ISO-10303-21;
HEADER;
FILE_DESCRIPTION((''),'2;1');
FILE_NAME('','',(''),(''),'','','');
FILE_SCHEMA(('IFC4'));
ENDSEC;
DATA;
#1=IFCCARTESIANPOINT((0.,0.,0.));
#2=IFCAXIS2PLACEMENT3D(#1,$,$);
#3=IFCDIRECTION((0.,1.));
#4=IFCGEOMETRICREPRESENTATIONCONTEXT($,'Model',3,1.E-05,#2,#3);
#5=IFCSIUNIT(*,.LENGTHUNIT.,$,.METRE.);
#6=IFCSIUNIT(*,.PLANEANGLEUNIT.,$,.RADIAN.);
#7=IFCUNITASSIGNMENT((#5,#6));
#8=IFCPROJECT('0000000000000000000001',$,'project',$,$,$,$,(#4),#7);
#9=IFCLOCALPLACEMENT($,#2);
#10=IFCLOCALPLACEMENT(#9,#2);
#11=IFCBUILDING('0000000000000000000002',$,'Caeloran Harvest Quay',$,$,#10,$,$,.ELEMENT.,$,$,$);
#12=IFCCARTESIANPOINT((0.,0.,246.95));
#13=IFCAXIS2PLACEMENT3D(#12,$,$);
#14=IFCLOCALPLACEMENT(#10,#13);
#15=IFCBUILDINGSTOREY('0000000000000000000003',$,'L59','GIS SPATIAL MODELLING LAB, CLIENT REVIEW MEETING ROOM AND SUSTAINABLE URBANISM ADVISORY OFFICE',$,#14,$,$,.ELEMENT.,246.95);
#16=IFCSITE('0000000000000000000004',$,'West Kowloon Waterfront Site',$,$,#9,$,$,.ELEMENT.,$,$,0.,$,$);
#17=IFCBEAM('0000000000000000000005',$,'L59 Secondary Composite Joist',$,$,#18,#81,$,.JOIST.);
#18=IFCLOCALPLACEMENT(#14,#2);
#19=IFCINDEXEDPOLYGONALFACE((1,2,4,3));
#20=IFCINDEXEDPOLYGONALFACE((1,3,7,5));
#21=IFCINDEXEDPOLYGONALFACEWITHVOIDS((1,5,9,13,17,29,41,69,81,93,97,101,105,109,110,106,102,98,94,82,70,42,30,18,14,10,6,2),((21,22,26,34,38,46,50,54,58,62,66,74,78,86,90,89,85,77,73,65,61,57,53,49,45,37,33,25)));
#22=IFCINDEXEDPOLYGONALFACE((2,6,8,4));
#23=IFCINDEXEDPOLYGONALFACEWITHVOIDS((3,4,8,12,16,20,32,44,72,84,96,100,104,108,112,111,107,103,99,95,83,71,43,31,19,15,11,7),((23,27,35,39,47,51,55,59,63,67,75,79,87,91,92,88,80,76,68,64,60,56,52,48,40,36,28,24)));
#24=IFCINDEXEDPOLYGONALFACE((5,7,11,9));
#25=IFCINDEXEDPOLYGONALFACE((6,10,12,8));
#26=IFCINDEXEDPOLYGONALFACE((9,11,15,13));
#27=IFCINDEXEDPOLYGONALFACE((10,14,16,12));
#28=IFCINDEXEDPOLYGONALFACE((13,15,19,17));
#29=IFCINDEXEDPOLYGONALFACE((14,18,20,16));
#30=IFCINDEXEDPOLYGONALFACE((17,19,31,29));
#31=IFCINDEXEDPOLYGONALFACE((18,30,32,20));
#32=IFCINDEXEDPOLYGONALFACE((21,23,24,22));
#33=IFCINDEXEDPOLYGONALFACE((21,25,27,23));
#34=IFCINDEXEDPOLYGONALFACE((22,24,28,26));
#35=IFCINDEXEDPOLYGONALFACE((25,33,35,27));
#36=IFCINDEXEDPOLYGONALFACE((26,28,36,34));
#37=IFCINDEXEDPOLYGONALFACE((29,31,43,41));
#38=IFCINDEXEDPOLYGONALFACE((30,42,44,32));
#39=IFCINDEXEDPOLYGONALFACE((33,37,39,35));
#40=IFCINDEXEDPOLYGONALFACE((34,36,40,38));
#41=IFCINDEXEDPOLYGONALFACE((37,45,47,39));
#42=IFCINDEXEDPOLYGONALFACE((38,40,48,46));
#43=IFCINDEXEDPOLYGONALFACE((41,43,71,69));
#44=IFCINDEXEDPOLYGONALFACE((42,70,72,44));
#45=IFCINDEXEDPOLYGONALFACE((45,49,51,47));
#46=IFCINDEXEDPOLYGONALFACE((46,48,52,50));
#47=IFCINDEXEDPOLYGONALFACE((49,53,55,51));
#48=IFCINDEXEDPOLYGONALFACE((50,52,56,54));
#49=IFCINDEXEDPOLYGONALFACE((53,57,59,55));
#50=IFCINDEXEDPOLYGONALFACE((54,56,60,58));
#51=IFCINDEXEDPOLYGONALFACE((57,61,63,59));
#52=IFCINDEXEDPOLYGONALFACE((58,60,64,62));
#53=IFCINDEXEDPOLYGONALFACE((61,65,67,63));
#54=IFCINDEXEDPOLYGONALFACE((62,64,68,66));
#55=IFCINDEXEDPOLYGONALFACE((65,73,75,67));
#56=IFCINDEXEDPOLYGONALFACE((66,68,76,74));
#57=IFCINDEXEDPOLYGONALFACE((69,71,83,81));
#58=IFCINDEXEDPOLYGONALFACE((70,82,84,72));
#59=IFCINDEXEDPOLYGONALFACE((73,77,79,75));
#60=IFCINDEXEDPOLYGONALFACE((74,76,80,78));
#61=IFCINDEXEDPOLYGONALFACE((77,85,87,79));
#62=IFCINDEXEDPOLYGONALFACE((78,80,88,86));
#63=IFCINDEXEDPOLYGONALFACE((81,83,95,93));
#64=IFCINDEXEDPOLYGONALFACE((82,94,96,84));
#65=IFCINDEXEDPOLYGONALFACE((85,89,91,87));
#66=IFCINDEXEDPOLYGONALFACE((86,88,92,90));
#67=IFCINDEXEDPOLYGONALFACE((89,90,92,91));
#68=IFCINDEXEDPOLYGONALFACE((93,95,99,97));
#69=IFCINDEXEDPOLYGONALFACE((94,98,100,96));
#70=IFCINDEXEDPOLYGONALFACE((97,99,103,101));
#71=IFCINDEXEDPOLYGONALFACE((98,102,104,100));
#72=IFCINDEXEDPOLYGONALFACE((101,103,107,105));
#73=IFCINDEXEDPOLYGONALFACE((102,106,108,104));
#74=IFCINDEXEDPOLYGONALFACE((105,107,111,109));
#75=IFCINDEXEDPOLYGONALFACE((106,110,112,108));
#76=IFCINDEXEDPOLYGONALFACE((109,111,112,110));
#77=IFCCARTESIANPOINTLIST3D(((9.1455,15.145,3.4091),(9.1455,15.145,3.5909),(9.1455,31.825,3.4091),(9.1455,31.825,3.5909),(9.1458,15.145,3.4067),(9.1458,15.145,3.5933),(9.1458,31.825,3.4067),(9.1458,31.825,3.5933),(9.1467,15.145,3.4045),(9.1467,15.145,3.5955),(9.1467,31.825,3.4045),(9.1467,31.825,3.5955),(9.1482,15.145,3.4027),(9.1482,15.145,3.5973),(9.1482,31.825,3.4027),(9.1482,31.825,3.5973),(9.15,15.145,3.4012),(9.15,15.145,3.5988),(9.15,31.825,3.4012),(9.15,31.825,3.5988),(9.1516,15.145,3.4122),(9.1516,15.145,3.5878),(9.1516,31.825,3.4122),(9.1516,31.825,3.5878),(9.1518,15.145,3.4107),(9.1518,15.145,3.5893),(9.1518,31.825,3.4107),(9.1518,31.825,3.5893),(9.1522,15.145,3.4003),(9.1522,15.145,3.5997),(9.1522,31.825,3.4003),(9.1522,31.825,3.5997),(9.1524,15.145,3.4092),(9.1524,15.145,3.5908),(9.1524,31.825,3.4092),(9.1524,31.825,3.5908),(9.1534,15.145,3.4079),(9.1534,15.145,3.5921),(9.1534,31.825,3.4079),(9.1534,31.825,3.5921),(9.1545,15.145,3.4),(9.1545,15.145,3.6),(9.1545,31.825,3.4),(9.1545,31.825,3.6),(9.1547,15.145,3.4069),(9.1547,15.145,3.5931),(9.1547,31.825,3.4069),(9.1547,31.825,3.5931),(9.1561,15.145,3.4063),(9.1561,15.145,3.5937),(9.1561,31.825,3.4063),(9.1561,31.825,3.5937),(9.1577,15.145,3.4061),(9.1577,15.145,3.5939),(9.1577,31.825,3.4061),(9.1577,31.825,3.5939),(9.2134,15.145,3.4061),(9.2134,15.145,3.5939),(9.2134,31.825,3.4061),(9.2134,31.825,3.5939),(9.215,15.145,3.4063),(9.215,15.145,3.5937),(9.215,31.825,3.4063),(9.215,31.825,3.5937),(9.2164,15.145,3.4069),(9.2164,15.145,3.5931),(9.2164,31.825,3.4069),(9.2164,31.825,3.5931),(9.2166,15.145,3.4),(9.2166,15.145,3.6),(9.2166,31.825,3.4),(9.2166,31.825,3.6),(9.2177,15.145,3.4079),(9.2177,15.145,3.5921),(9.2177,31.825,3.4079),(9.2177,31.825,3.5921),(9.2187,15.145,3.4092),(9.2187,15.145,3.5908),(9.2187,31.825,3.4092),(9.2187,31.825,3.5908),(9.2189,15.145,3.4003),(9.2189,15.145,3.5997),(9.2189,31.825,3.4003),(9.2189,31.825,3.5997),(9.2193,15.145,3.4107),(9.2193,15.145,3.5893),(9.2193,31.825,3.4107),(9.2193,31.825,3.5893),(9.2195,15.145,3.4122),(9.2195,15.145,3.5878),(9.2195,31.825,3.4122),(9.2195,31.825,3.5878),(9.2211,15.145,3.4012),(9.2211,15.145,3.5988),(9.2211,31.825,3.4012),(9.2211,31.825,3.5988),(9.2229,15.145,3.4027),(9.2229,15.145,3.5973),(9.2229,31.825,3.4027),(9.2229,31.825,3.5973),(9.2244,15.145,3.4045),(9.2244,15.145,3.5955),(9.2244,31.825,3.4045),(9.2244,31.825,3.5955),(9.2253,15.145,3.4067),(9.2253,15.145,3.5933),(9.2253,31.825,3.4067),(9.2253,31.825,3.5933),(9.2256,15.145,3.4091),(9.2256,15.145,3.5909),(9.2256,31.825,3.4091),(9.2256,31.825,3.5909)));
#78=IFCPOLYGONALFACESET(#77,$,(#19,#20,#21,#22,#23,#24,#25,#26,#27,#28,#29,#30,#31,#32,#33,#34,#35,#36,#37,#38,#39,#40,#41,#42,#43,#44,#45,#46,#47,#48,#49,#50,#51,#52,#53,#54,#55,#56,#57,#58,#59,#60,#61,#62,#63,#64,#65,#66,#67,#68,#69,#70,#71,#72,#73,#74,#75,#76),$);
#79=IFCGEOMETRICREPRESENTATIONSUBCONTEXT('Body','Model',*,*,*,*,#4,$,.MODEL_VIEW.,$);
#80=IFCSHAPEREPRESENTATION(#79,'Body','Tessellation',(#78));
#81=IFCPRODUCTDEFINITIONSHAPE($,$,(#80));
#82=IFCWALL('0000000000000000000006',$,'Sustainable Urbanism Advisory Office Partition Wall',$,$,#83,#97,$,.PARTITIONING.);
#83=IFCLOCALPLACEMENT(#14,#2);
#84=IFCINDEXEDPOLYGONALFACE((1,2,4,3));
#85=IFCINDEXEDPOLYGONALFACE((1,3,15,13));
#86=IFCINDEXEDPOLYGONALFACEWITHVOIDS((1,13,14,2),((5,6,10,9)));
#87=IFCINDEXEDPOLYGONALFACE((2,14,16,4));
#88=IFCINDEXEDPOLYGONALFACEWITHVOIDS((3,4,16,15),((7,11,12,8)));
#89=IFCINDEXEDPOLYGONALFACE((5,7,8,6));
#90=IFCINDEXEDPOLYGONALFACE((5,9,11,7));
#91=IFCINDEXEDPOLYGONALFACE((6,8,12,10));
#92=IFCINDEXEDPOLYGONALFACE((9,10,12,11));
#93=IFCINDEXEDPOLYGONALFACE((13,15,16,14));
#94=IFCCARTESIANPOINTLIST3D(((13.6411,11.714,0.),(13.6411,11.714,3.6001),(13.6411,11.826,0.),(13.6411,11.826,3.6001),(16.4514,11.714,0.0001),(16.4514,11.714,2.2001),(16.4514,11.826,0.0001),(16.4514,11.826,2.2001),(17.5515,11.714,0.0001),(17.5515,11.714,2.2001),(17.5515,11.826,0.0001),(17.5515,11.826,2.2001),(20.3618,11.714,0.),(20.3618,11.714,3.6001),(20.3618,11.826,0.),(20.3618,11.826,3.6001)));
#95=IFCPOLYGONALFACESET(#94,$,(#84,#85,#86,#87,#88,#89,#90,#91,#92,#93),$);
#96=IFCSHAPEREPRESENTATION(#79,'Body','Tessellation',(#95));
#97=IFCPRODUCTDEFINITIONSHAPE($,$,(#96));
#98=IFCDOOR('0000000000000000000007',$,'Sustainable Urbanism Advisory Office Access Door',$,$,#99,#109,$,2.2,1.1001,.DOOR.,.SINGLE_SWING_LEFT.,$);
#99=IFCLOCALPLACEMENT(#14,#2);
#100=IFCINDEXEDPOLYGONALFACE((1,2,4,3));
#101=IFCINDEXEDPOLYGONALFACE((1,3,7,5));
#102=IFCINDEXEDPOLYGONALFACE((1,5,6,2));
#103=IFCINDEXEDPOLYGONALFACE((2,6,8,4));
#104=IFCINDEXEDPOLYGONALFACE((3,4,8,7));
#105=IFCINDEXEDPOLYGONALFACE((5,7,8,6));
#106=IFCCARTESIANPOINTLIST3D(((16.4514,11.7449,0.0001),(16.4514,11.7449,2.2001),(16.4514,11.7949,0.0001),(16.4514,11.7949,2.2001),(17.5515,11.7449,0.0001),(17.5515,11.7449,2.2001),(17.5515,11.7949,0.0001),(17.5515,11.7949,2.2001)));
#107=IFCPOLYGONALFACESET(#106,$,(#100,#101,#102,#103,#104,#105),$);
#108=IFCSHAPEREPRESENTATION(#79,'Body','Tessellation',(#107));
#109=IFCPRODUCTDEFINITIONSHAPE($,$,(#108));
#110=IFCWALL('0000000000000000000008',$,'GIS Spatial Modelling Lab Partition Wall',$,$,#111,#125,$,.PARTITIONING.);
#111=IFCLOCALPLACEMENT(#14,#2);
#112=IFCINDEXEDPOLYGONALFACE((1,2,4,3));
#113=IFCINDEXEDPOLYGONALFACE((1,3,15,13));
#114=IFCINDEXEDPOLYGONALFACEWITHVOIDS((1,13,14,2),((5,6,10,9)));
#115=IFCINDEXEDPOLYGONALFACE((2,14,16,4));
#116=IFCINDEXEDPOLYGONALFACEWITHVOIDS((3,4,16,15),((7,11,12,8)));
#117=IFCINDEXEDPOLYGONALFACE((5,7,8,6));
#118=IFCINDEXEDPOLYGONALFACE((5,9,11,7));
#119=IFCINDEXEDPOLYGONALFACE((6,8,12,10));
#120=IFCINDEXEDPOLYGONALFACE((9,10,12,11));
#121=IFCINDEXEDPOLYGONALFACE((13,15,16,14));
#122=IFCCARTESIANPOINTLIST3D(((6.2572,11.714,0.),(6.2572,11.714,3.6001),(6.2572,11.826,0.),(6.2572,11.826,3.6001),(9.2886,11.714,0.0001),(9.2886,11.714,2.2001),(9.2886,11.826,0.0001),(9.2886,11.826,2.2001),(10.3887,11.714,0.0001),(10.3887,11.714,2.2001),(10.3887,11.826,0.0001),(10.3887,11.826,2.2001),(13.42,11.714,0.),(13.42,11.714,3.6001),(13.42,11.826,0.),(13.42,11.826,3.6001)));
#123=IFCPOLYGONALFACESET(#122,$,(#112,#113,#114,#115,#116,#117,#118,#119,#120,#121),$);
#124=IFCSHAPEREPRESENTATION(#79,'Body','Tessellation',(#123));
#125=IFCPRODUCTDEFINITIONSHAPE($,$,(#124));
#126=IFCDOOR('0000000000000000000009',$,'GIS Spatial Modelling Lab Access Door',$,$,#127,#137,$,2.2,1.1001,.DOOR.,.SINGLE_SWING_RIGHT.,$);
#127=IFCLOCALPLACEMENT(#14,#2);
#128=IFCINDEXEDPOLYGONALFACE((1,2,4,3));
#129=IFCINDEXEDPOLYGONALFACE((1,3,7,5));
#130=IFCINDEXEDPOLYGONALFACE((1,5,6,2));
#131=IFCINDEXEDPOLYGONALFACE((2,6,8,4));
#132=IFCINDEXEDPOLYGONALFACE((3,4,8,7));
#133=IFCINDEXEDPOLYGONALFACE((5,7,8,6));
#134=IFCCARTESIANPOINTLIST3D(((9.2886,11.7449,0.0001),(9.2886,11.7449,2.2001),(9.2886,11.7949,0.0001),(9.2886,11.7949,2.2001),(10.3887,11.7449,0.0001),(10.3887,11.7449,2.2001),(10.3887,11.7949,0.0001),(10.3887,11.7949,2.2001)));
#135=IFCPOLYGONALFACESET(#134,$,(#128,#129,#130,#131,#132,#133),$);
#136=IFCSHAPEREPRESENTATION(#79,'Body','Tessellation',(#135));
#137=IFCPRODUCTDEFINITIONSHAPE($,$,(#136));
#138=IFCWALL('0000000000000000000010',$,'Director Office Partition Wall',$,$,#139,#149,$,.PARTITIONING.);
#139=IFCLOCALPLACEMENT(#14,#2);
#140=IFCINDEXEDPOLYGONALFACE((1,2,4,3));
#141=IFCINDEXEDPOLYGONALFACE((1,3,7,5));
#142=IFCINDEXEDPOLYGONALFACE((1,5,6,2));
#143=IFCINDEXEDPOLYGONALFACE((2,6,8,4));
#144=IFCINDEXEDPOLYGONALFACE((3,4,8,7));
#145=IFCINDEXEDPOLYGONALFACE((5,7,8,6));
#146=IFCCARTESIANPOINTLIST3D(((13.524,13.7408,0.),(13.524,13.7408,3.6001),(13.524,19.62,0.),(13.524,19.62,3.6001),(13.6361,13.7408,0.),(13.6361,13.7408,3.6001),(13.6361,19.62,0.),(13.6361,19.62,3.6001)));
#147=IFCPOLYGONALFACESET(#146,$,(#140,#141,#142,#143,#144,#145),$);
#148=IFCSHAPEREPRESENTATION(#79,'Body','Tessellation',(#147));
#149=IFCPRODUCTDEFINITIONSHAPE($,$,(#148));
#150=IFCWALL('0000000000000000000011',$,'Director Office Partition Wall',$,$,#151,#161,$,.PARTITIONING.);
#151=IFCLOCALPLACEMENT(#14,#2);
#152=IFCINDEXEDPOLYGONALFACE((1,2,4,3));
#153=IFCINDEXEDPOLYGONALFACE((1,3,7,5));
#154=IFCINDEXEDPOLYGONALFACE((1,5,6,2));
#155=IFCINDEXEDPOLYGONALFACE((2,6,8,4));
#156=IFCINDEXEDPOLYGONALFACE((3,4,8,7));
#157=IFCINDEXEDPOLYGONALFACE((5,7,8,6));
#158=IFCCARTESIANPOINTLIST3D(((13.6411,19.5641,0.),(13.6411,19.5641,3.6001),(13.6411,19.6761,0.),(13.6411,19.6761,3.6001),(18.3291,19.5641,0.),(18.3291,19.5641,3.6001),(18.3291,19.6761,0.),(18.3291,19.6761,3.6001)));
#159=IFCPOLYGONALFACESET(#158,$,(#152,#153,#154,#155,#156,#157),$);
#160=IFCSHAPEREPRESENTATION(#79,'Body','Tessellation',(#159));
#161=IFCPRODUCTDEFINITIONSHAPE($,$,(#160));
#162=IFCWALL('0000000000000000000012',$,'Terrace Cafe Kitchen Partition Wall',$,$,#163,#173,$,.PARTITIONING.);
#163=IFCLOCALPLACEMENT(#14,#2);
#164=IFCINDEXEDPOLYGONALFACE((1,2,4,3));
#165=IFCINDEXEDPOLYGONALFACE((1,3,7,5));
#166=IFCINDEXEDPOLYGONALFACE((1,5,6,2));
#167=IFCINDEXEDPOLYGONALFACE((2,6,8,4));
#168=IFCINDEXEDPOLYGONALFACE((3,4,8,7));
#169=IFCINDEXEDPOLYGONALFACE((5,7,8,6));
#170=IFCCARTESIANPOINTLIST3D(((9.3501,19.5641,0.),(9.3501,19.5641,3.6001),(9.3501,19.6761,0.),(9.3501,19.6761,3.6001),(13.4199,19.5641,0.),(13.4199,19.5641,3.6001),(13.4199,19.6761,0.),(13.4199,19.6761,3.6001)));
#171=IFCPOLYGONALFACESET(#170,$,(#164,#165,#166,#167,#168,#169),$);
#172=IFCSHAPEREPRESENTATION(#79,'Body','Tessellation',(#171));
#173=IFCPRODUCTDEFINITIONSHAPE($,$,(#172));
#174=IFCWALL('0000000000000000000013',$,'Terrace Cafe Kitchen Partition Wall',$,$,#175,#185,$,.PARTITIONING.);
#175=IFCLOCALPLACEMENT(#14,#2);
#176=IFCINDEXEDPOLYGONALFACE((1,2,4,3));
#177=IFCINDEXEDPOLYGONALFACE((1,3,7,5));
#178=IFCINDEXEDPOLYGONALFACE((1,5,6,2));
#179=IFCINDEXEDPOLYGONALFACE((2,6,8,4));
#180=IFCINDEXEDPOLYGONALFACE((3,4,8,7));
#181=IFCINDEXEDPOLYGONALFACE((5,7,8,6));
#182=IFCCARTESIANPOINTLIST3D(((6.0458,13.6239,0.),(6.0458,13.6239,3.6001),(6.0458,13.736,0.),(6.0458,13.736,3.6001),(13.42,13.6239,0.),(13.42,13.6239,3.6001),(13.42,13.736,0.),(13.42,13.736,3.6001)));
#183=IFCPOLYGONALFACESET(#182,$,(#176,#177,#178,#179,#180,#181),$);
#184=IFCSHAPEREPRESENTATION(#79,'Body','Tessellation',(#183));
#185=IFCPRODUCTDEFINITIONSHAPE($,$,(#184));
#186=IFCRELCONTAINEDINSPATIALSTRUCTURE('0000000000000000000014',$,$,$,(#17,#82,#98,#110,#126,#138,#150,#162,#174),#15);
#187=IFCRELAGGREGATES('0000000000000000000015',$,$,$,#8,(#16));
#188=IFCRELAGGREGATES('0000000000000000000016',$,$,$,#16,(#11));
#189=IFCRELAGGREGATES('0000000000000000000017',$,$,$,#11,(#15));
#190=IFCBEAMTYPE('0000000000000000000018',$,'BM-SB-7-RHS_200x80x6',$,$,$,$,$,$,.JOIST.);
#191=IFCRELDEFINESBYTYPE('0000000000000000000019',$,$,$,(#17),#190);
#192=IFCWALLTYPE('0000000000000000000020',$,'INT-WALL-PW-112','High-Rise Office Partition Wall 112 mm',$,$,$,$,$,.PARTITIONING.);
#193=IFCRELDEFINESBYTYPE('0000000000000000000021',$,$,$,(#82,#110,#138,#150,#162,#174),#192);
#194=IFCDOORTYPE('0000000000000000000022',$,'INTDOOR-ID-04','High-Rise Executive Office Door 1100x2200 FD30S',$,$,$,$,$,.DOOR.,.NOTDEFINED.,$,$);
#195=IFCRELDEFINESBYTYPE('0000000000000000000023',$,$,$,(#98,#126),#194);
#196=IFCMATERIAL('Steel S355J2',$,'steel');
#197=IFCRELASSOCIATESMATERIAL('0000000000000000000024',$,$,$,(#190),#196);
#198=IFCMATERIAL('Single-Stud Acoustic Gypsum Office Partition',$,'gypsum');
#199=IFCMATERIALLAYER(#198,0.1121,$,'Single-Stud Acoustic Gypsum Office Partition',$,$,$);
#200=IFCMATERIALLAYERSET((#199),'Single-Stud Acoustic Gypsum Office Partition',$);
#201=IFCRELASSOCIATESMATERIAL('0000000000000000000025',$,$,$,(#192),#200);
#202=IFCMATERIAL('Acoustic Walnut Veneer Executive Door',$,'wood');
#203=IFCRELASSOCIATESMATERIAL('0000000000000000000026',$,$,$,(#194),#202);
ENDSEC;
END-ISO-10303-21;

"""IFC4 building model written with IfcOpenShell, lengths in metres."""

from ifc_helpers import new_model, si_unit, direction, frame, frame_2d, origin, origin_2d, place, context, subcontext, project, spatial, rectangle, hollow_rectangle, extrude, material, layer, layer_set, material_profile, profile_set, type_object, element, fill, save


model = new_model("IFC4")

# Units and contexts
model_context = context("Model", 3, precision=1e-05, world=origin(), true_north=direction((0.0, 1.0)))
body_context = subcontext(model_context, "Body", "Model", "MODEL_VIEW")
ifc_project = project(units=[si_unit("LENGTHUNIT", "METRE"), si_unit("PLANEANGLEUNIT", "RADIAN")], contexts=[model_context])

# Site, building, storey
site_placement = place(None, origin())
site = spatial("IfcSite", under=ifc_project, at=site_placement, Name="West Kowloon Waterfront Site", CompositionType="ELEMENT", RefElevation=0.0)
building_placement = place(site_placement, origin())
building = spatial("IfcBuilding", under=site, at=building_placement, Name="Caeloran Harvest Quay", CompositionType="ELEMENT")
storey_placement = place(building_placement, frame((0.0, 0.0, 246.95)))
storey = spatial("IfcBuildingStorey", under=building, at=storey_placement, Name="L59", Description="GIS SPATIAL MODELLING LAB, CLIENT REVIEW MEETING ROOM AND SUSTAINABLE URBANISM ADVISORY OFFICE", CompositionType="ELEMENT", Elevation=246.95)

# Beam
ifc_material_1 = material(Name="Steel S355J2", Category="steel")
ifc_material_profile_1 = material_profile(ifc_material_1, hollow_rectangle(XDim=0.0801, YDim=0.2, WallThickness=0.0061, InnerFilletRadius=0.0061, OuterFilletRadius=0.009, at=origin_2d()), Name="RHS 200x80x6")
ifc_profile_set_1 = profile_set([ifc_material_profile_1], Name="Steel S355J2")
beam_type_1 = type_object("IfcBeamType", Name="BM-SB-7-RHS_200x80x6", PredefinedType="JOIST", material=ifc_profile_set_1)
beam_1_placement = place(storey_placement, frame((9.1855, 15.145, 3.5), z_axis=(0.0, 1.0, 0.0), x_axis=(-1.0, 0.0, 0.0)))
element("IfcBeam", 1, at=beam_1_placement, inside=storey, type_object=beam_type_1, Name="L59 Secondary Composite Joist", PredefinedType="JOIST", context=body_context, shape_type="SweptSolid", body=[
    extrude(hollow_rectangle(XDim=0.0801, YDim=0.2, WallThickness=0.0061, InnerFilletRadius=0.0061, OuterFilletRadius=0.009, at=origin_2d()), origin(), (0.0, 0.0, 1.0), 16.6799),
])

# Walls, openings, doors
ifc_material_2 = material(Name="Single-Stud Acoustic Gypsum Office Partition", Category="gypsum")
ifc_layer_1 = layer(ifc_material_2, 0.1121, Name="Single-Stud Acoustic Gypsum Office Partition")
ifc_layer_set_1 = layer_set([ifc_layer_1], Name="Single-Stud Acoustic Gypsum Office Partition")
wall_type = type_object("IfcWallType", Name="INT-WALL-PW-112", Description="High-Rise Office Partition Wall 112 mm", PredefinedType="PARTITIONING", material=ifc_layer_set_1)
wall_1_placement = place(storey_placement, frame((13.6411, 11.77, 0.0), z_axis=(0.0, 0.0, 1.0), x_axis=(1.0, 0.0, 0.0)))
wall_1 = element("IfcWall", 2, at=wall_1_placement, inside=storey, type_object=wall_type, Name="Sustainable Urbanism Advisory Office Partition Wall", PredefinedType="PARTITIONING", context=body_context, shape_type="SweptSolid", body=[
    extrude(rectangle(XDim=6.7207, YDim=0.1121, at=frame_2d((3.3604, 0.0))), origin(), (0.0, 0.0, 1.0), 3.6001),
])
opening_1_placement = place(wall_1_placement, frame((2.8103, 0.0, 0.0)))
opening_1 = element("IfcOpeningElement", 3, at=opening_1_placement, cuts=wall_1, PredefinedType="OPENING", context=body_context, shape_type="SweptSolid", body=[
    extrude(rectangle(XDim=1.1001, YDim=2.2, at=frame_2d((0.55, 1.1001))), frame((0.0, 0.0659, 0.0), z_axis=(0.0, -1.0, 0.0), x_axis=(1.0, 0.0, 0.0)), (0.0, 0.0, 1.0), 0.1321),
])
ifc_material_3 = material(Name="Acoustic Walnut Veneer Executive Door", Category="wood")
door_type = type_object("IfcDoorType", Name="INTDOOR-ID-04", Description="High-Rise Executive Office Door 1100x2200 FD30S", OperationType="NOTDEFINED", PredefinedType="DOOR", material=ifc_material_3)
door_1_placement = place(opening_1_placement, origin())
door_1 = element("IfcDoor", 4, at=door_1_placement, inside=storey, type_object=door_type, Name="Sustainable Urbanism Advisory Office Access Door", OperationType="SINGLE_SWING_LEFT", OverallHeight=2.2, OverallWidth=1.1001, PredefinedType="DOOR", context=body_context, shape_type="SweptSolid", body=[
    extrude(rectangle(XDim=1.1001, YDim=2.2, at=frame_2d((0.55, 1.1001))), frame((0.0, 0.0249, 0.0), z_axis=(0.0, -1.0, 0.0), x_axis=(1.0, 0.0, 0.0)), (0.0, 0.0, 1.0), 0.05),
])
fill(opening_1, door_1)
wall_2_placement = place(storey_placement, frame((6.2571, 11.77, 0.0), z_axis=(0.0, 0.0, 1.0), x_axis=(1.0, 0.0, 0.0)))
wall_2 = element("IfcWall", 5, at=wall_2_placement, inside=storey, type_object=wall_type, Name="GIS Spatial Modelling Lab Partition Wall", PredefinedType="PARTITIONING", context=body_context, shape_type="SweptSolid", body=[
    extrude(rectangle(XDim=7.1628, YDim=0.1121, at=frame_2d((3.5815, 0.0))), origin(), (0.0, 0.0, 1.0), 3.6001),
])
opening_2_placement = place(wall_2_placement, frame((3.0315, 0.0, 0.0)))
opening_2 = element("IfcOpeningElement", 6, at=opening_2_placement, cuts=wall_2, PredefinedType="OPENING", context=body_context, shape_type="SweptSolid", body=[
    extrude(rectangle(XDim=1.1001, YDim=2.2, at=frame_2d((0.55, 1.1001))), frame((0.0, 0.0659, 0.0), z_axis=(0.0, -1.0, 0.0), x_axis=(1.0, 0.0, 0.0)), (0.0, 0.0, 1.0), 0.1321),
])
door_2_placement = place(opening_2_placement, origin())
door_2 = element("IfcDoor", 7, at=door_2_placement, inside=storey, type_object=door_type, Name="GIS Spatial Modelling Lab Access Door", OperationType="SINGLE_SWING_RIGHT", OverallHeight=2.2, OverallWidth=1.1001, PredefinedType="DOOR", context=body_context, shape_type="SweptSolid", body=[
    extrude(rectangle(XDim=1.1001, YDim=2.2, at=frame_2d((0.55, 1.1001))), frame((0.0, 0.0249, 0.0), z_axis=(0.0, -1.0, 0.0), x_axis=(1.0, 0.0, 0.0)), (0.0, 0.0, 1.0), 0.05),
])
fill(opening_2, door_2)

# Walls
wall_3_placement = place(storey_placement, frame((13.5801, 13.741, 0.0), z_axis=(0.0, 0.0, 1.0), x_axis=(0.0, 1.0, 0.0)))
element("IfcWall", 8, at=wall_3_placement, inside=storey, type_object=wall_type, Name="Director Office Partition Wall", PredefinedType="PARTITIONING", context=body_context, shape_type="SweptSolid", body=[
    extrude(rectangle(XDim=5.8792, YDim=0.1121, at=frame_2d((2.9395, 0.0))), origin(), (0.0, 0.0, 1.0), 3.6001),
])
wall_4_placement = place(storey_placement, frame((13.6411, 19.6201, 0.0), z_axis=(0.0, 0.0, 1.0), x_axis=(1.0, 0.0, 0.0)))
element("IfcWall", 9, at=wall_4_placement, inside=storey, type_object=wall_type, Name="Director Office Partition Wall", PredefinedType="PARTITIONING", context=body_context, shape_type="SweptSolid", body=[
    extrude(rectangle(XDim=4.688, YDim=0.1121, at=frame_2d((2.344, 0.0))), origin(), (0.0, 0.0, 1.0), 3.6001),
])
wall_5_placement = place(storey_placement, frame((9.3501, 19.6201, 0.0), z_axis=(0.0, 0.0, 1.0), x_axis=(1.0, 0.0, 0.0)))
element("IfcWall", 10, at=wall_5_placement, inside=storey, type_object=wall_type, Name="Terrace Cafe Kitchen Partition Wall", PredefinedType="PARTITIONING", context=body_context, shape_type="SweptSolid", body=[
    extrude(rectangle(XDim=4.0698, YDim=0.1121, at=frame_2d((2.0349, 0.0))), origin(), (0.0, 0.0, 1.0), 3.6001),
])
wall_6_placement = place(storey_placement, frame((13.4199, 13.6799, 0.0), z_axis=(0.0, 0.0, 1.0), x_axis=(-1.0, 0.0, 0.0)))
element("IfcWall", 11, at=wall_6_placement, inside=storey, type_object=wall_type, Name="Terrace Cafe Kitchen Partition Wall", PredefinedType="PARTITIONING", context=body_context, shape_type="SweptSolid", body=[
    extrude(rectangle(XDim=7.3743, YDim=0.1121, at=frame_2d((3.687, 0.0))), origin(), (0.0, 0.0, 1.0), 3.6001),
])

save(model, "model.ifc")
